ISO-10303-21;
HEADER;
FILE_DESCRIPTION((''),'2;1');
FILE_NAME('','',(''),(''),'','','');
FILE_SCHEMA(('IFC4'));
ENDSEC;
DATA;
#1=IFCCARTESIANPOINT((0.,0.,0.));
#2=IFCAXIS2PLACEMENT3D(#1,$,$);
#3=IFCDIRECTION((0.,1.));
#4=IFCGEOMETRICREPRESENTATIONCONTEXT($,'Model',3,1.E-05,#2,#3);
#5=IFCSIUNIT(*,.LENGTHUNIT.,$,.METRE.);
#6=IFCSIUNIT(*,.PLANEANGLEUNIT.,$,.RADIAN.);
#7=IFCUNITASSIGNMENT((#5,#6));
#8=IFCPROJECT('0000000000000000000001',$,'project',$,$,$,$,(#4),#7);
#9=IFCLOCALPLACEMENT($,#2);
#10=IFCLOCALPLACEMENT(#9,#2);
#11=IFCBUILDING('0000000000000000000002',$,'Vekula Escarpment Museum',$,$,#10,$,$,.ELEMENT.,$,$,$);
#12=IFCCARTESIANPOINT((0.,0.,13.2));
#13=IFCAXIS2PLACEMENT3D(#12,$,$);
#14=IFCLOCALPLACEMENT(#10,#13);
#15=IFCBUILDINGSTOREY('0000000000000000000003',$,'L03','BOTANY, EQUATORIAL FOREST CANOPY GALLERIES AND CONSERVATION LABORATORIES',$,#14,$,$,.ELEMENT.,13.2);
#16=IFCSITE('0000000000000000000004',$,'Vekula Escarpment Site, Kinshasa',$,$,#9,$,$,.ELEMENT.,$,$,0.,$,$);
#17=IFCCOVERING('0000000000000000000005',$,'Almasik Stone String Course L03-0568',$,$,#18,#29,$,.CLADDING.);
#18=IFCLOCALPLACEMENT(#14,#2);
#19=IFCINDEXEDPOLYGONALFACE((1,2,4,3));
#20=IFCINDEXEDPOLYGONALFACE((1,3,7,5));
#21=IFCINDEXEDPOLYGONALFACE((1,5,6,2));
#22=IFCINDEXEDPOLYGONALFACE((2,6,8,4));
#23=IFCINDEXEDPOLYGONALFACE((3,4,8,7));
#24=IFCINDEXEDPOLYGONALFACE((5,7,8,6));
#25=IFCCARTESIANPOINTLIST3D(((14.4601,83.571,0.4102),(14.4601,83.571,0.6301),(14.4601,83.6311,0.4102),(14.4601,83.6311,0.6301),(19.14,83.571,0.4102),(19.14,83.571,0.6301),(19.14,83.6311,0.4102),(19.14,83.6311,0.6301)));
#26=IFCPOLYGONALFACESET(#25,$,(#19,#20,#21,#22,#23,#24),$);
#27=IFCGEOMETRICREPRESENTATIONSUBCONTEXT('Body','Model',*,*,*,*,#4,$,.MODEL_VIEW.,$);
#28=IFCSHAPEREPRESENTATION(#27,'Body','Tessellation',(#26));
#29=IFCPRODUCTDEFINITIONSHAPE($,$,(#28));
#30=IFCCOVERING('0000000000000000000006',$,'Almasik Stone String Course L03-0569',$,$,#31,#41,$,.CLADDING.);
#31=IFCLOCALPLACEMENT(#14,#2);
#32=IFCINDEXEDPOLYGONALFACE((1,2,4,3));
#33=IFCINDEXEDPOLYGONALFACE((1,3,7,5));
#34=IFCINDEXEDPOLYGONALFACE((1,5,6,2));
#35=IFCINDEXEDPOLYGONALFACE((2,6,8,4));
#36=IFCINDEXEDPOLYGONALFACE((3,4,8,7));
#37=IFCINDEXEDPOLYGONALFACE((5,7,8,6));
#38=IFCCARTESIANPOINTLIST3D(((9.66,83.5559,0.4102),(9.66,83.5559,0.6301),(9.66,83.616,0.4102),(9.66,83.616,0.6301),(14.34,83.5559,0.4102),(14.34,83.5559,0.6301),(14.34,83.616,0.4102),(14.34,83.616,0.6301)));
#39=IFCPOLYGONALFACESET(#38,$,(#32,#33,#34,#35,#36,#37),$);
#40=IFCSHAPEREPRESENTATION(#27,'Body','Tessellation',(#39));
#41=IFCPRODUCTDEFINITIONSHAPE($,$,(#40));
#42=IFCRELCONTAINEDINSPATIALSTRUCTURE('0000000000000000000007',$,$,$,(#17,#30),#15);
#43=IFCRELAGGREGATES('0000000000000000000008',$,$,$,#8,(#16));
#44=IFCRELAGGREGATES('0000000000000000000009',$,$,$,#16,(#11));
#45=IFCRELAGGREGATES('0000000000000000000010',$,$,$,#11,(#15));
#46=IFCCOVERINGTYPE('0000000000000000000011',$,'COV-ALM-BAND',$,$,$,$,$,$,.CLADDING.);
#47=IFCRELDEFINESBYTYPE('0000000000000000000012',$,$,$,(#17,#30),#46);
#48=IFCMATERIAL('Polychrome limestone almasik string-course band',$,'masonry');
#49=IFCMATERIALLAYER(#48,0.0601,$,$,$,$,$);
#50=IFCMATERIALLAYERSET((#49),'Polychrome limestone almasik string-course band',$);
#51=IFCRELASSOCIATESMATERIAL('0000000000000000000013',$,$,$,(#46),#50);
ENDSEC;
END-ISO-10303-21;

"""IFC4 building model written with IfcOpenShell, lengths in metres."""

from ifc_helpers import new_model, si_unit, direction, frame, origin, origin_2d, place, context, subcontext, project, spatial, rectangle, extrude, material, layer, layer_set, type_object, element, save


model = new_model("IFC4")

# Units and contexts
model_context = context("Model", 3, precision=1e-05, world=origin(), true_north=direction((0.0, 1.0)))
body_context = subcontext(model_context, "Body", "Model", "MODEL_VIEW")
ifc_project = project(units=[si_unit("LENGTHUNIT", "METRE"), si_unit("PLANEANGLEUNIT", "RADIAN")], contexts=[model_context])

# Site, building, storey
site_placement = place(None, origin())
site = spatial("IfcSite", under=ifc_project, at=site_placement, Name="Vekula Escarpment Site, Kinshasa", CompositionType="ELEMENT", RefElevation=0.0)
building_placement = place(site_placement, origin())
building = spatial("IfcBuilding", under=site, at=building_placement, Name="Vekula Escarpment Museum", CompositionType="ELEMENT")
storey_placement = place(building_placement, frame((0.0, 0.0, 13.2)))
storey = spatial("IfcBuildingStorey", under=building, at=storey_placement, Name="L03", Description="BOTANY, EQUATORIAL FOREST CANOPY GALLERIES AND CONSERVATION LABORATORIES", CompositionType="ELEMENT", Elevation=13.2)

# Coverings
ifc_material_1 = material(Name="Polychrome limestone almasik string-course band", Category="masonry")
ifc_layer_1 = layer(ifc_material_1, 0.0601)
ifc_layer_set_1 = layer_set([ifc_layer_1], Name="Polychrome limestone almasik string-course band")
covering_type = type_object("IfcCoveringType", Name="COV-ALM-BAND", PredefinedType="CLADDING", material=ifc_layer_set_1)
for number, where, z_axis, x_axis, name in (
    (1, (16.8, 83.6011, 0.4102), (0.0, 0.0, 1.0), (1.0, 0.0, 0.0), "Almasik Stone String Course L03-0568"),
    (2, (12.0, 83.5859, 0.4102), (0.0, 0.0, 1.0), (1.0, 0.0, 0.0), "Almasik Stone String Course L03-0569"),
):
    element("IfcCovering", number, at=place(storey_placement, frame(where, z_axis=z_axis, x_axis=x_axis)), inside=storey, type_object=covering_type, Name=name, PredefinedType="CLADDING", context=body_context, shape_type="SweptSolid", body=[
        extrude(rectangle(XDim=4.6799, YDim=0.0601, at=origin_2d()), origin(), (0.0, 0.0, 1.0), 0.22),
    ])

save(model, "model.ifc")
